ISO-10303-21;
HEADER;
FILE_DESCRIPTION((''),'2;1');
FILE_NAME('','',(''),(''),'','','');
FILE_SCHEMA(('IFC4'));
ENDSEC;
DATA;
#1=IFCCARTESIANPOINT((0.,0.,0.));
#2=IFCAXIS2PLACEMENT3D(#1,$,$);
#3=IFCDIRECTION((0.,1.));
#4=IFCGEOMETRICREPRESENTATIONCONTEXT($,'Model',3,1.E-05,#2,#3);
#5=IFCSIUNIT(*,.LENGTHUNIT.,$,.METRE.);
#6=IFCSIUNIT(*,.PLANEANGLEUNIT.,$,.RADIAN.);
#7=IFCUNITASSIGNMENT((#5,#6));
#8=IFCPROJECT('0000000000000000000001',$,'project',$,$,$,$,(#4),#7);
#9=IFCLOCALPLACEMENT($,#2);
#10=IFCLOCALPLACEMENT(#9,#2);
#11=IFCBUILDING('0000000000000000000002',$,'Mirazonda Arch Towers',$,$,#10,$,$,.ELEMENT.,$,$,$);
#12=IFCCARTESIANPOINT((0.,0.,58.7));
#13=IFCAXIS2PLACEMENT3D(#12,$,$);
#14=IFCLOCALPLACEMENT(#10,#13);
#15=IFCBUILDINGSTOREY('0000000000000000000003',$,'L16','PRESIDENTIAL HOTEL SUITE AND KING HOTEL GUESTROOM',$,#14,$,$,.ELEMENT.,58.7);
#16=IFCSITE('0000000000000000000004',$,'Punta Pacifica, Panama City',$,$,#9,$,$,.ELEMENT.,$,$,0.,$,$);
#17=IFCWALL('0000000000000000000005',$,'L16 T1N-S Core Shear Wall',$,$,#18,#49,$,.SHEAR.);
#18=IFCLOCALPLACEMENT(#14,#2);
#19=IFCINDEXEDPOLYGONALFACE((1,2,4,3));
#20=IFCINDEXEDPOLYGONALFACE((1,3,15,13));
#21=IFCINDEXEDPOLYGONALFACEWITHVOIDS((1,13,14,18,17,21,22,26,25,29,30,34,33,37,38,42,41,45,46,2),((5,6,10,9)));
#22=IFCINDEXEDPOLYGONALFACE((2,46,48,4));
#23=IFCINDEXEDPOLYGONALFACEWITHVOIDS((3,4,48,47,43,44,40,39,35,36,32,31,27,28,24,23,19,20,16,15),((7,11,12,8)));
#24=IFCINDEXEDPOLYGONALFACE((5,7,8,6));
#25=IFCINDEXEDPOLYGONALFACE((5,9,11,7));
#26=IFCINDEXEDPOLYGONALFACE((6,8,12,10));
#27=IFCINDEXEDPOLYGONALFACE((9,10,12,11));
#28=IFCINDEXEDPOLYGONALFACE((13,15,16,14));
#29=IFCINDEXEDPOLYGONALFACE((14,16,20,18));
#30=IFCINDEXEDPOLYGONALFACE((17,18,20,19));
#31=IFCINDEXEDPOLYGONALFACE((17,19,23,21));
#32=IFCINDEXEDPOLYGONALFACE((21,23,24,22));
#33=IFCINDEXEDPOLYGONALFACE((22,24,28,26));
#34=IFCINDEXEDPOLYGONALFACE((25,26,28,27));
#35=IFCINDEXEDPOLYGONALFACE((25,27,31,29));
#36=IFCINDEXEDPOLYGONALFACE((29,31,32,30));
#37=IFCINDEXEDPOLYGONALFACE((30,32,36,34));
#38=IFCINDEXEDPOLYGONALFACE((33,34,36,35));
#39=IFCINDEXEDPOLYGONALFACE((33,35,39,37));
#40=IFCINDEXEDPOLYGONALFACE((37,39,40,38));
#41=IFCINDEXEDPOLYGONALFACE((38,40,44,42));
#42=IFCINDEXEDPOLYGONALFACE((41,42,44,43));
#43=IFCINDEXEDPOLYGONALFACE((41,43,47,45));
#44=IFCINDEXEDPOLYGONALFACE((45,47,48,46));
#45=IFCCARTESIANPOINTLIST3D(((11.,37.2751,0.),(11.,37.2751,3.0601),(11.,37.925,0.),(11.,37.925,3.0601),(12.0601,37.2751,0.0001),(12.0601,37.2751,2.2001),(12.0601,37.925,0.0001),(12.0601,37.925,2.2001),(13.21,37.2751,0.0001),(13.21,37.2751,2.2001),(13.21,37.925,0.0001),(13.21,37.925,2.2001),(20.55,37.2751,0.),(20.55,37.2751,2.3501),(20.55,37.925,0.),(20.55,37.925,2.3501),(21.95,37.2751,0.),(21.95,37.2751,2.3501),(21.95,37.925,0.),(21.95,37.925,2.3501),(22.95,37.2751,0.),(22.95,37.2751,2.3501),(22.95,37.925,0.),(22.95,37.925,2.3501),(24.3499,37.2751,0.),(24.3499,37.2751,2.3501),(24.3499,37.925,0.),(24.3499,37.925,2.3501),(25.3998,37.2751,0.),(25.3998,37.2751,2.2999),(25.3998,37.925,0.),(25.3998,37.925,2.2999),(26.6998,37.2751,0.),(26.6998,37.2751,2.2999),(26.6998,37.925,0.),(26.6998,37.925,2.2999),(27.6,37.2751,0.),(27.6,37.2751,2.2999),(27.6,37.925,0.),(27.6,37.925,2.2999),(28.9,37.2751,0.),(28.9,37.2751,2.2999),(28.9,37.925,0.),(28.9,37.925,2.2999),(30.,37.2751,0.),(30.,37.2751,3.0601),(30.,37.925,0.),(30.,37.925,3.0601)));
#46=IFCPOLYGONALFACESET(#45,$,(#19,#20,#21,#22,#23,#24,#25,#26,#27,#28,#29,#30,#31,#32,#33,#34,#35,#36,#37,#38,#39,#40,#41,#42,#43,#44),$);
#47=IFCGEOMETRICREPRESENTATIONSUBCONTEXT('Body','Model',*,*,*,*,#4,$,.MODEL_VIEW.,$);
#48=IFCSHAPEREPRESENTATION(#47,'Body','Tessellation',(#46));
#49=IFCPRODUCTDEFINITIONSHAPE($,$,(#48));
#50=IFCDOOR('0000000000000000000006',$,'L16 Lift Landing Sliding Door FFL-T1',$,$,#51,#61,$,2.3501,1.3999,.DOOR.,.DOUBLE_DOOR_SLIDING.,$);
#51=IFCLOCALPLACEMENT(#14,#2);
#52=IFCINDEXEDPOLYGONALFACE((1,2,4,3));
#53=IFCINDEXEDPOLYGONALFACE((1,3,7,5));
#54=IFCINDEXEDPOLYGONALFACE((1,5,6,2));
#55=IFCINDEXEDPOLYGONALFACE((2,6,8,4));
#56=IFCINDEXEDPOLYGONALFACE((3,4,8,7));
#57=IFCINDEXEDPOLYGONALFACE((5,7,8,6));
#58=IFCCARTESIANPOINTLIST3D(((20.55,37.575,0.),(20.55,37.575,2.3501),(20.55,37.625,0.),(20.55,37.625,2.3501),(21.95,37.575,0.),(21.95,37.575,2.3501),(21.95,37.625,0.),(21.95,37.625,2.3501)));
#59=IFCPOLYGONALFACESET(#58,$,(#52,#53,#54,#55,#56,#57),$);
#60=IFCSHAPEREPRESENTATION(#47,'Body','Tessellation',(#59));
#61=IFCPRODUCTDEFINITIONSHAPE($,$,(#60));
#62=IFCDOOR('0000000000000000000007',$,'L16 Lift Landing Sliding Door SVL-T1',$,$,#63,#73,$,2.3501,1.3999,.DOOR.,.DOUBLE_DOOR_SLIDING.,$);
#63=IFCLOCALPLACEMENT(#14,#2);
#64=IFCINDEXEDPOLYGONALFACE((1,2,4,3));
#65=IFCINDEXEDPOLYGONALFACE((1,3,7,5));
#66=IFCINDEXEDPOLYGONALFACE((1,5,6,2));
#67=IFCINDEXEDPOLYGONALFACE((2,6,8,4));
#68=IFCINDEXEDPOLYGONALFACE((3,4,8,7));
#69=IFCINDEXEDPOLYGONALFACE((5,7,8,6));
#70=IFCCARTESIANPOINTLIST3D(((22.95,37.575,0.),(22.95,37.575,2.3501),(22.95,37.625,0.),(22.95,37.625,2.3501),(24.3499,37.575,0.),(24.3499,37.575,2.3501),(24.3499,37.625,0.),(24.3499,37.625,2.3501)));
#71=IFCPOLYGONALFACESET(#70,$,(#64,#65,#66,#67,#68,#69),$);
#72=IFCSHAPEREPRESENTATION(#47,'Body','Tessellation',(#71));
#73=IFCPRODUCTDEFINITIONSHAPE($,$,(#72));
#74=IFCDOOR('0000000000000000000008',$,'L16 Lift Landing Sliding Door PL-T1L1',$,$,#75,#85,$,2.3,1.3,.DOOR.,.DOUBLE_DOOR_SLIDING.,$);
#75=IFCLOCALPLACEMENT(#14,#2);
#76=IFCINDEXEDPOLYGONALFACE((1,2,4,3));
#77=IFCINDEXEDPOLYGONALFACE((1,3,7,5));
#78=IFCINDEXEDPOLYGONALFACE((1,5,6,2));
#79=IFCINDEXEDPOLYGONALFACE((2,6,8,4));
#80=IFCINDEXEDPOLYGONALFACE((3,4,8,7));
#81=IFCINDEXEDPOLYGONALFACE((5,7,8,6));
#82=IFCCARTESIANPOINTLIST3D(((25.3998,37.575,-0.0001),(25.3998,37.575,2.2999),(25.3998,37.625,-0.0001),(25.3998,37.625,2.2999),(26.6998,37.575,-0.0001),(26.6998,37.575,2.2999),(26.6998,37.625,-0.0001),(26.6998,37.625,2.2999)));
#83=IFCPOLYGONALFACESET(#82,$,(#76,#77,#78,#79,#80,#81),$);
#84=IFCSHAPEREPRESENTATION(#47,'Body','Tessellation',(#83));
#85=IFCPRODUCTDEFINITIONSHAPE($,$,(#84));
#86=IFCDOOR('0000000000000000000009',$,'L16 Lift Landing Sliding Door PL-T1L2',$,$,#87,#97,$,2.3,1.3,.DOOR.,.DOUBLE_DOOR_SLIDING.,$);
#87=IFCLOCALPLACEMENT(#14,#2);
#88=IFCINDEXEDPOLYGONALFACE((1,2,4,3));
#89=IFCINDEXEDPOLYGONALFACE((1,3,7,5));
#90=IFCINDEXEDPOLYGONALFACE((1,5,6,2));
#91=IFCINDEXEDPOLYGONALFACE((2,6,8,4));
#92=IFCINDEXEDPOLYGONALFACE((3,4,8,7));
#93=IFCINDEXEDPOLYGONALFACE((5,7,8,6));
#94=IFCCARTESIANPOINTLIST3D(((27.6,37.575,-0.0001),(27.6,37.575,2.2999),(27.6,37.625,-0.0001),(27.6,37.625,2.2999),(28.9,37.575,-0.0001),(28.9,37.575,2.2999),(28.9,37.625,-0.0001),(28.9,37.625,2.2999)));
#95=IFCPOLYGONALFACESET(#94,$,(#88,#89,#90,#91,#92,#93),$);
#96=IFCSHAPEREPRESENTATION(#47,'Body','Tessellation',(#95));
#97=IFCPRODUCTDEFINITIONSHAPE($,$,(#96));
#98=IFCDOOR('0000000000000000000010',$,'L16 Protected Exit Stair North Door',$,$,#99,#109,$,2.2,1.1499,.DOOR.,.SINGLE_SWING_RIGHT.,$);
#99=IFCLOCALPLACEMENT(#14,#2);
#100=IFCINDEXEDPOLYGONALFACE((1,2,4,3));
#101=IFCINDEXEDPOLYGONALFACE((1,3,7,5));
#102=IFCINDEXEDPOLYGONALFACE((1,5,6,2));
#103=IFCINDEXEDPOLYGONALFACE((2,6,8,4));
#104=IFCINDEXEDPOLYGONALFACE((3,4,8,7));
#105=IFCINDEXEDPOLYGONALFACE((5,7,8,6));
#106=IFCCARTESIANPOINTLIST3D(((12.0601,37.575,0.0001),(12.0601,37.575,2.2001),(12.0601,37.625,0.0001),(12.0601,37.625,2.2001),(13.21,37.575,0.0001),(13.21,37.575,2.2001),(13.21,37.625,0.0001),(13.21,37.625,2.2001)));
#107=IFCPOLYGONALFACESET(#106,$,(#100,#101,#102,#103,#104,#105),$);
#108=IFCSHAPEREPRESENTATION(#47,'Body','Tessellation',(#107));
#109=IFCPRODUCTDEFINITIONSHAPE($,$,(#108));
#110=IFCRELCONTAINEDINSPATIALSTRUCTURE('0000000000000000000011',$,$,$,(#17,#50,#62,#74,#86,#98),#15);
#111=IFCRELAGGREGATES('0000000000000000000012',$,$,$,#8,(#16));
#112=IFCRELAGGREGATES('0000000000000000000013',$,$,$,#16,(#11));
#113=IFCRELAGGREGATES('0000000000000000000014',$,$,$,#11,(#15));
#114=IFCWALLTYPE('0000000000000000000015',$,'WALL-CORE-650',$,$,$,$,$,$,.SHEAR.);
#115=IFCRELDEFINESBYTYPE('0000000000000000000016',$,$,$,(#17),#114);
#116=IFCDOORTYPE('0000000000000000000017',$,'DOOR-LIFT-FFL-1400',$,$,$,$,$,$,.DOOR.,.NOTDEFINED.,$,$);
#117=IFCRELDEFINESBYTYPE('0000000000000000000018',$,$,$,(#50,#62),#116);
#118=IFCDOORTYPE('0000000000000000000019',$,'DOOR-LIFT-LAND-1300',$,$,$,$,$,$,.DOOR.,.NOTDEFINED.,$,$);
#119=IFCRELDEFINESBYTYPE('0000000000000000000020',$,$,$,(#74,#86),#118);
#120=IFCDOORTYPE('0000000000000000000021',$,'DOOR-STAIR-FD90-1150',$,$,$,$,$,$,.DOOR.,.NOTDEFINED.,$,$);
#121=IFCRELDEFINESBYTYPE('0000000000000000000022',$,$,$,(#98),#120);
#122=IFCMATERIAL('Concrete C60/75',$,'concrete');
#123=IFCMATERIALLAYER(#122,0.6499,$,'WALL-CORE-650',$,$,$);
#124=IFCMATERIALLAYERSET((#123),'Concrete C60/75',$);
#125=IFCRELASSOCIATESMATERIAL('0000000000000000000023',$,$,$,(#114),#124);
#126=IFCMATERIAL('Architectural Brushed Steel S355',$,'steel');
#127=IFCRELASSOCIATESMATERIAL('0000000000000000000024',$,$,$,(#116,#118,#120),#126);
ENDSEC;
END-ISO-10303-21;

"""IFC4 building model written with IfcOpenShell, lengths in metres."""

from ifc_helpers import new_model, si_unit, direction, frame, frame_2d, origin, place, context, subcontext, project, spatial, rectangle, extrude, material, layer, layer_set, type_object, element, fill, save


model = new_model("IFC4")

# Units and contexts
model_context = context("Model", 3, precision=1e-05, world=origin(), true_north=direction((0.0, 1.0)))
body_context = subcontext(model_context, "Body", "Model", "MODEL_VIEW")
ifc_project = project(units=[si_unit("LENGTHUNIT", "METRE"), si_unit("PLANEANGLEUNIT", "RADIAN")], contexts=[model_context])

# Site, building, storey
site_placement = place(None, origin())
site = spatial("IfcSite", under=ifc_project, at=site_placement, Name="Punta Pacifica, Panama City", CompositionType="ELEMENT", RefElevation=0.0)
building_placement = place(site_placement, origin())
building = spatial("IfcBuilding", under=site, at=building_placement, Name="Mirazonda Arch Towers", CompositionType="ELEMENT")
storey_placement = place(building_placement, frame((0.0, 0.0, 58.7)))
storey = spatial("IfcBuildingStorey", under=building, at=storey_placement, Name="L16", Description="PRESIDENTIAL HOTEL SUITE AND KING HOTEL GUESTROOM", CompositionType="ELEMENT", Elevation=58.7)

# Shared definitions
ifc_material_1 = material(Name="Concrete C60/75", Category="concrete")

# Shared definitions
ifc_layer_1 = layer(ifc_material_1, 0.6499, Name="WALL-CORE-650")
ifc_layer_set_1 = layer_set([ifc_layer_1], Name="Concrete C60/75")
wall_type_1 = type_object("IfcWallType", Name="WALL-CORE-650", PredefinedType="SHEAR", material=ifc_layer_set_1)

# Wall, openings, doors
wall_1_placement = place(storey_placement, frame((11.0, 37.6001, 0.0), z_axis=(0.0, 0.0, 1.0), x_axis=(1.0, 0.0, 0.0)))
wall_1 = element("IfcWall", 1, at=wall_1_placement, inside=storey, type_object=wall_type_1, Name="L16 T1N-S Core Shear Wall", PredefinedType="SHEAR", context=body_context, shape_type="SweptSolid", body=[
    extrude(rectangle(XDim=19.0, YDim=0.6499, at=frame_2d((9.5, 0.0))), origin(), (0.0, 0.0, 1.0), 3.0601),
])
opening_1_placement = place(wall_1_placement, frame((1.0601, 0.0, 0.0)))
opening_1 = element("IfcOpeningElement", 2, at=opening_1_placement, cuts=wall_1, PredefinedType="OPENING", context=body_context, shape_type="SweptSolid", body=[
    extrude(rectangle(XDim=1.1499, YDim=2.2, at=frame_2d((0.575, 1.1001))), frame((0.0, 0.335, 0.0), z_axis=(0.0, -1.0, 0.0), x_axis=(1.0, 0.0, 0.0)), (0.0, 0.0, 1.0), 0.6699),
])
opening_2_placement = place(wall_1_placement, frame((9.55, 0.0, 0.0)))
opening_2 = element("IfcOpeningElement", 3, at=opening_2_placement, cuts=wall_1, PredefinedType="OPENING", context=body_context, shape_type="SweptSolid", body=[
    extrude(rectangle(XDim=1.3999, YDim=2.3501, at=frame_2d((0.7, 1.175))), frame((0.0, 0.335, 0.0), z_axis=(0.0, -1.0, 0.0), x_axis=(1.0, 0.0, 0.0)), (0.0, 0.0, 1.0), 0.6699),
])
opening_3_placement = place(wall_1_placement, frame((11.95, 0.0, 0.0)))
opening_3 = element("IfcOpeningElement", 4, at=opening_3_placement, cuts=wall_1, PredefinedType="OPENING", context=body_context, shape_type="SweptSolid", body=[
    extrude(rectangle(XDim=1.3999, YDim=2.3501, at=frame_2d((0.7, 1.175))), frame((0.0, 0.335, 0.0), z_axis=(0.0, -1.0, 0.0), x_axis=(1.0, 0.0, 0.0)), (0.0, 0.0, 1.0), 0.6699),
])
opening_4_placement = place(wall_1_placement, frame((14.3999, 0.0, 0.0)))
opening_4 = element("IfcOpeningElement", 5, at=opening_4_placement, cuts=wall_1, PredefinedType="OPENING", context=body_context, shape_type="SweptSolid", body=[
    extrude(rectangle(XDim=1.3, YDim=2.3, at=frame_2d((0.6499, 1.1499))), frame((0.0, 0.335, 0.0), z_axis=(0.0, -1.0, 0.0), x_axis=(1.0, 0.0, 0.0)), (0.0, 0.0, 1.0), 0.6699),
])
opening_5_placement = place(wall_1_placement, frame((16.6001, 0.0, 0.0)))
opening_5 = element("IfcOpeningElement", 6, at=opening_5_placement, cuts=wall_1, PredefinedType="OPENING", context=body_context, shape_type="SweptSolid", body=[
    extrude(rectangle(XDim=1.3, YDim=2.3, at=frame_2d((0.6499, 1.1499))), frame((0.0, 0.335, 0.0), z_axis=(0.0, -1.0, 0.0), x_axis=(1.0, 0.0, 0.0)), (0.0, 0.0, 1.0), 0.6699),
])
ifc_material_2 = material(Name="Architectural Brushed Steel S355", Category="steel")
door_type_1 = type_object("IfcDoorType", Name="DOOR-LIFT-FFL-1400", OperationType="NOTDEFINED", PredefinedType="DOOR", material=ifc_material_2)
door_1_placement = place(opening_2_placement, origin())
door_1 = element("IfcDoor", 7, at=door_1_placement, inside=storey, type_object=door_type_1, Name="L16 Lift Landing Sliding Door FFL-T1", OperationType="DOUBLE_DOOR_SLIDING", OverallHeight=2.3501, OverallWidth=1.3999, PredefinedType="DOOR", context=body_context, shape_type="SweptSolid", body=[
    extrude(rectangle(XDim=1.3999, YDim=2.3501, at=frame_2d((0.7, 1.175))), frame((0.0, 0.0249, 0.0), z_axis=(0.0, -1.0, 0.0), x_axis=(1.0, 0.0, 0.0)), (0.0, 0.0, 1.0), 0.05),
])
fill(opening_2, door_1)
door_2_placement = place(opening_3_placement, origin())
door_2 = element("IfcDoor", 8, at=door_2_placement, inside=storey, type_object=door_type_1, Name="L16 Lift Landing Sliding Door SVL-T1", OperationType="DOUBLE_DOOR_SLIDING", OverallHeight=2.3501, OverallWidth=1.3999, PredefinedType="DOOR", context=body_context, shape_type="SweptSolid", body=[
    extrude(rectangle(XDim=1.3999, YDim=2.3501, at=frame_2d((0.7, 1.175))), frame((0.0, 0.0249, 0.0), z_axis=(0.0, -1.0, 0.0), x_axis=(1.0, 0.0, 0.0)), (0.0, 0.0, 1.0), 0.05),
])
fill(opening_3, door_2)
door_type_2 = type_object("IfcDoorType", Name="DOOR-LIFT-LAND-1300", OperationType="NOTDEFINED", PredefinedType="DOOR", material=ifc_material_2)
door_3_placement = place(opening_4_placement, origin())
door_3 = element("IfcDoor", 9, at=door_3_placement, inside=storey, type_object=door_type_2, Name="L16 Lift Landing Sliding Door PL-T1L1", OperationType="DOUBLE_DOOR_SLIDING", OverallHeight=2.3, OverallWidth=1.3, PredefinedType="DOOR", context=body_context, shape_type="SweptSolid", body=[
    extrude(rectangle(XDim=1.3, YDim=2.3, at=frame_2d((0.6499, 1.1499))), frame((0.0, 0.0249, 0.0), z_axis=(0.0, -1.0, 0.0), x_axis=(1.0, 0.0, 0.0)), (0.0, 0.0, 1.0), 0.05),
])
fill(opening_4, door_3)
door_4_placement = place(opening_5_placement, origin())
door_4 = element("IfcDoor", 10, at=door_4_placement, inside=storey, type_object=door_type_2, Name="L16 Lift Landing Sliding Door PL-T1L2", OperationType="DOUBLE_DOOR_SLIDING", OverallHeight=2.3, OverallWidth=1.3, PredefinedType="DOOR", context=body_context, shape_type="SweptSolid", body=[
    extrude(rectangle(XDim=1.3, YDim=2.3, at=frame_2d((0.6499, 1.1499))), frame((0.0, 0.0249, 0.0), z_axis=(0.0, -1.0, 0.0), x_axis=(1.0, 0.0, 0.0)), (0.0, 0.0, 1.0), 0.05),
])
fill(opening_5, door_4)
door_type_3 = type_object("IfcDoorType", Name="DOOR-STAIR-FD90-1150", OperationType="NOTDEFINED", PredefinedType="DOOR", material=ifc_material_2)
door_5_placement = place(opening_1_placement, origin())
door_5 = element("IfcDoor", 11, at=door_5_placement, inside=storey, type_object=door_type_3, Name="L16 Protected Exit Stair North Door", OperationType="SINGLE_SWING_RIGHT", OverallHeight=2.2, OverallWidth=1.1499, PredefinedType="DOOR", context=body_context, shape_type="SweptSolid", body=[
    extrude(rectangle(XDim=1.1499, YDim=2.2, at=frame_2d((0.575, 1.1001))), frame((0.0, 0.0249, 0.0), z_axis=(0.0, -1.0, 0.0), x_axis=(1.0, 0.0, 0.0)), (0.0, 0.0, 1.0), 0.05),
])
fill(opening_1, door_5)

save(model, "model.ifc")
